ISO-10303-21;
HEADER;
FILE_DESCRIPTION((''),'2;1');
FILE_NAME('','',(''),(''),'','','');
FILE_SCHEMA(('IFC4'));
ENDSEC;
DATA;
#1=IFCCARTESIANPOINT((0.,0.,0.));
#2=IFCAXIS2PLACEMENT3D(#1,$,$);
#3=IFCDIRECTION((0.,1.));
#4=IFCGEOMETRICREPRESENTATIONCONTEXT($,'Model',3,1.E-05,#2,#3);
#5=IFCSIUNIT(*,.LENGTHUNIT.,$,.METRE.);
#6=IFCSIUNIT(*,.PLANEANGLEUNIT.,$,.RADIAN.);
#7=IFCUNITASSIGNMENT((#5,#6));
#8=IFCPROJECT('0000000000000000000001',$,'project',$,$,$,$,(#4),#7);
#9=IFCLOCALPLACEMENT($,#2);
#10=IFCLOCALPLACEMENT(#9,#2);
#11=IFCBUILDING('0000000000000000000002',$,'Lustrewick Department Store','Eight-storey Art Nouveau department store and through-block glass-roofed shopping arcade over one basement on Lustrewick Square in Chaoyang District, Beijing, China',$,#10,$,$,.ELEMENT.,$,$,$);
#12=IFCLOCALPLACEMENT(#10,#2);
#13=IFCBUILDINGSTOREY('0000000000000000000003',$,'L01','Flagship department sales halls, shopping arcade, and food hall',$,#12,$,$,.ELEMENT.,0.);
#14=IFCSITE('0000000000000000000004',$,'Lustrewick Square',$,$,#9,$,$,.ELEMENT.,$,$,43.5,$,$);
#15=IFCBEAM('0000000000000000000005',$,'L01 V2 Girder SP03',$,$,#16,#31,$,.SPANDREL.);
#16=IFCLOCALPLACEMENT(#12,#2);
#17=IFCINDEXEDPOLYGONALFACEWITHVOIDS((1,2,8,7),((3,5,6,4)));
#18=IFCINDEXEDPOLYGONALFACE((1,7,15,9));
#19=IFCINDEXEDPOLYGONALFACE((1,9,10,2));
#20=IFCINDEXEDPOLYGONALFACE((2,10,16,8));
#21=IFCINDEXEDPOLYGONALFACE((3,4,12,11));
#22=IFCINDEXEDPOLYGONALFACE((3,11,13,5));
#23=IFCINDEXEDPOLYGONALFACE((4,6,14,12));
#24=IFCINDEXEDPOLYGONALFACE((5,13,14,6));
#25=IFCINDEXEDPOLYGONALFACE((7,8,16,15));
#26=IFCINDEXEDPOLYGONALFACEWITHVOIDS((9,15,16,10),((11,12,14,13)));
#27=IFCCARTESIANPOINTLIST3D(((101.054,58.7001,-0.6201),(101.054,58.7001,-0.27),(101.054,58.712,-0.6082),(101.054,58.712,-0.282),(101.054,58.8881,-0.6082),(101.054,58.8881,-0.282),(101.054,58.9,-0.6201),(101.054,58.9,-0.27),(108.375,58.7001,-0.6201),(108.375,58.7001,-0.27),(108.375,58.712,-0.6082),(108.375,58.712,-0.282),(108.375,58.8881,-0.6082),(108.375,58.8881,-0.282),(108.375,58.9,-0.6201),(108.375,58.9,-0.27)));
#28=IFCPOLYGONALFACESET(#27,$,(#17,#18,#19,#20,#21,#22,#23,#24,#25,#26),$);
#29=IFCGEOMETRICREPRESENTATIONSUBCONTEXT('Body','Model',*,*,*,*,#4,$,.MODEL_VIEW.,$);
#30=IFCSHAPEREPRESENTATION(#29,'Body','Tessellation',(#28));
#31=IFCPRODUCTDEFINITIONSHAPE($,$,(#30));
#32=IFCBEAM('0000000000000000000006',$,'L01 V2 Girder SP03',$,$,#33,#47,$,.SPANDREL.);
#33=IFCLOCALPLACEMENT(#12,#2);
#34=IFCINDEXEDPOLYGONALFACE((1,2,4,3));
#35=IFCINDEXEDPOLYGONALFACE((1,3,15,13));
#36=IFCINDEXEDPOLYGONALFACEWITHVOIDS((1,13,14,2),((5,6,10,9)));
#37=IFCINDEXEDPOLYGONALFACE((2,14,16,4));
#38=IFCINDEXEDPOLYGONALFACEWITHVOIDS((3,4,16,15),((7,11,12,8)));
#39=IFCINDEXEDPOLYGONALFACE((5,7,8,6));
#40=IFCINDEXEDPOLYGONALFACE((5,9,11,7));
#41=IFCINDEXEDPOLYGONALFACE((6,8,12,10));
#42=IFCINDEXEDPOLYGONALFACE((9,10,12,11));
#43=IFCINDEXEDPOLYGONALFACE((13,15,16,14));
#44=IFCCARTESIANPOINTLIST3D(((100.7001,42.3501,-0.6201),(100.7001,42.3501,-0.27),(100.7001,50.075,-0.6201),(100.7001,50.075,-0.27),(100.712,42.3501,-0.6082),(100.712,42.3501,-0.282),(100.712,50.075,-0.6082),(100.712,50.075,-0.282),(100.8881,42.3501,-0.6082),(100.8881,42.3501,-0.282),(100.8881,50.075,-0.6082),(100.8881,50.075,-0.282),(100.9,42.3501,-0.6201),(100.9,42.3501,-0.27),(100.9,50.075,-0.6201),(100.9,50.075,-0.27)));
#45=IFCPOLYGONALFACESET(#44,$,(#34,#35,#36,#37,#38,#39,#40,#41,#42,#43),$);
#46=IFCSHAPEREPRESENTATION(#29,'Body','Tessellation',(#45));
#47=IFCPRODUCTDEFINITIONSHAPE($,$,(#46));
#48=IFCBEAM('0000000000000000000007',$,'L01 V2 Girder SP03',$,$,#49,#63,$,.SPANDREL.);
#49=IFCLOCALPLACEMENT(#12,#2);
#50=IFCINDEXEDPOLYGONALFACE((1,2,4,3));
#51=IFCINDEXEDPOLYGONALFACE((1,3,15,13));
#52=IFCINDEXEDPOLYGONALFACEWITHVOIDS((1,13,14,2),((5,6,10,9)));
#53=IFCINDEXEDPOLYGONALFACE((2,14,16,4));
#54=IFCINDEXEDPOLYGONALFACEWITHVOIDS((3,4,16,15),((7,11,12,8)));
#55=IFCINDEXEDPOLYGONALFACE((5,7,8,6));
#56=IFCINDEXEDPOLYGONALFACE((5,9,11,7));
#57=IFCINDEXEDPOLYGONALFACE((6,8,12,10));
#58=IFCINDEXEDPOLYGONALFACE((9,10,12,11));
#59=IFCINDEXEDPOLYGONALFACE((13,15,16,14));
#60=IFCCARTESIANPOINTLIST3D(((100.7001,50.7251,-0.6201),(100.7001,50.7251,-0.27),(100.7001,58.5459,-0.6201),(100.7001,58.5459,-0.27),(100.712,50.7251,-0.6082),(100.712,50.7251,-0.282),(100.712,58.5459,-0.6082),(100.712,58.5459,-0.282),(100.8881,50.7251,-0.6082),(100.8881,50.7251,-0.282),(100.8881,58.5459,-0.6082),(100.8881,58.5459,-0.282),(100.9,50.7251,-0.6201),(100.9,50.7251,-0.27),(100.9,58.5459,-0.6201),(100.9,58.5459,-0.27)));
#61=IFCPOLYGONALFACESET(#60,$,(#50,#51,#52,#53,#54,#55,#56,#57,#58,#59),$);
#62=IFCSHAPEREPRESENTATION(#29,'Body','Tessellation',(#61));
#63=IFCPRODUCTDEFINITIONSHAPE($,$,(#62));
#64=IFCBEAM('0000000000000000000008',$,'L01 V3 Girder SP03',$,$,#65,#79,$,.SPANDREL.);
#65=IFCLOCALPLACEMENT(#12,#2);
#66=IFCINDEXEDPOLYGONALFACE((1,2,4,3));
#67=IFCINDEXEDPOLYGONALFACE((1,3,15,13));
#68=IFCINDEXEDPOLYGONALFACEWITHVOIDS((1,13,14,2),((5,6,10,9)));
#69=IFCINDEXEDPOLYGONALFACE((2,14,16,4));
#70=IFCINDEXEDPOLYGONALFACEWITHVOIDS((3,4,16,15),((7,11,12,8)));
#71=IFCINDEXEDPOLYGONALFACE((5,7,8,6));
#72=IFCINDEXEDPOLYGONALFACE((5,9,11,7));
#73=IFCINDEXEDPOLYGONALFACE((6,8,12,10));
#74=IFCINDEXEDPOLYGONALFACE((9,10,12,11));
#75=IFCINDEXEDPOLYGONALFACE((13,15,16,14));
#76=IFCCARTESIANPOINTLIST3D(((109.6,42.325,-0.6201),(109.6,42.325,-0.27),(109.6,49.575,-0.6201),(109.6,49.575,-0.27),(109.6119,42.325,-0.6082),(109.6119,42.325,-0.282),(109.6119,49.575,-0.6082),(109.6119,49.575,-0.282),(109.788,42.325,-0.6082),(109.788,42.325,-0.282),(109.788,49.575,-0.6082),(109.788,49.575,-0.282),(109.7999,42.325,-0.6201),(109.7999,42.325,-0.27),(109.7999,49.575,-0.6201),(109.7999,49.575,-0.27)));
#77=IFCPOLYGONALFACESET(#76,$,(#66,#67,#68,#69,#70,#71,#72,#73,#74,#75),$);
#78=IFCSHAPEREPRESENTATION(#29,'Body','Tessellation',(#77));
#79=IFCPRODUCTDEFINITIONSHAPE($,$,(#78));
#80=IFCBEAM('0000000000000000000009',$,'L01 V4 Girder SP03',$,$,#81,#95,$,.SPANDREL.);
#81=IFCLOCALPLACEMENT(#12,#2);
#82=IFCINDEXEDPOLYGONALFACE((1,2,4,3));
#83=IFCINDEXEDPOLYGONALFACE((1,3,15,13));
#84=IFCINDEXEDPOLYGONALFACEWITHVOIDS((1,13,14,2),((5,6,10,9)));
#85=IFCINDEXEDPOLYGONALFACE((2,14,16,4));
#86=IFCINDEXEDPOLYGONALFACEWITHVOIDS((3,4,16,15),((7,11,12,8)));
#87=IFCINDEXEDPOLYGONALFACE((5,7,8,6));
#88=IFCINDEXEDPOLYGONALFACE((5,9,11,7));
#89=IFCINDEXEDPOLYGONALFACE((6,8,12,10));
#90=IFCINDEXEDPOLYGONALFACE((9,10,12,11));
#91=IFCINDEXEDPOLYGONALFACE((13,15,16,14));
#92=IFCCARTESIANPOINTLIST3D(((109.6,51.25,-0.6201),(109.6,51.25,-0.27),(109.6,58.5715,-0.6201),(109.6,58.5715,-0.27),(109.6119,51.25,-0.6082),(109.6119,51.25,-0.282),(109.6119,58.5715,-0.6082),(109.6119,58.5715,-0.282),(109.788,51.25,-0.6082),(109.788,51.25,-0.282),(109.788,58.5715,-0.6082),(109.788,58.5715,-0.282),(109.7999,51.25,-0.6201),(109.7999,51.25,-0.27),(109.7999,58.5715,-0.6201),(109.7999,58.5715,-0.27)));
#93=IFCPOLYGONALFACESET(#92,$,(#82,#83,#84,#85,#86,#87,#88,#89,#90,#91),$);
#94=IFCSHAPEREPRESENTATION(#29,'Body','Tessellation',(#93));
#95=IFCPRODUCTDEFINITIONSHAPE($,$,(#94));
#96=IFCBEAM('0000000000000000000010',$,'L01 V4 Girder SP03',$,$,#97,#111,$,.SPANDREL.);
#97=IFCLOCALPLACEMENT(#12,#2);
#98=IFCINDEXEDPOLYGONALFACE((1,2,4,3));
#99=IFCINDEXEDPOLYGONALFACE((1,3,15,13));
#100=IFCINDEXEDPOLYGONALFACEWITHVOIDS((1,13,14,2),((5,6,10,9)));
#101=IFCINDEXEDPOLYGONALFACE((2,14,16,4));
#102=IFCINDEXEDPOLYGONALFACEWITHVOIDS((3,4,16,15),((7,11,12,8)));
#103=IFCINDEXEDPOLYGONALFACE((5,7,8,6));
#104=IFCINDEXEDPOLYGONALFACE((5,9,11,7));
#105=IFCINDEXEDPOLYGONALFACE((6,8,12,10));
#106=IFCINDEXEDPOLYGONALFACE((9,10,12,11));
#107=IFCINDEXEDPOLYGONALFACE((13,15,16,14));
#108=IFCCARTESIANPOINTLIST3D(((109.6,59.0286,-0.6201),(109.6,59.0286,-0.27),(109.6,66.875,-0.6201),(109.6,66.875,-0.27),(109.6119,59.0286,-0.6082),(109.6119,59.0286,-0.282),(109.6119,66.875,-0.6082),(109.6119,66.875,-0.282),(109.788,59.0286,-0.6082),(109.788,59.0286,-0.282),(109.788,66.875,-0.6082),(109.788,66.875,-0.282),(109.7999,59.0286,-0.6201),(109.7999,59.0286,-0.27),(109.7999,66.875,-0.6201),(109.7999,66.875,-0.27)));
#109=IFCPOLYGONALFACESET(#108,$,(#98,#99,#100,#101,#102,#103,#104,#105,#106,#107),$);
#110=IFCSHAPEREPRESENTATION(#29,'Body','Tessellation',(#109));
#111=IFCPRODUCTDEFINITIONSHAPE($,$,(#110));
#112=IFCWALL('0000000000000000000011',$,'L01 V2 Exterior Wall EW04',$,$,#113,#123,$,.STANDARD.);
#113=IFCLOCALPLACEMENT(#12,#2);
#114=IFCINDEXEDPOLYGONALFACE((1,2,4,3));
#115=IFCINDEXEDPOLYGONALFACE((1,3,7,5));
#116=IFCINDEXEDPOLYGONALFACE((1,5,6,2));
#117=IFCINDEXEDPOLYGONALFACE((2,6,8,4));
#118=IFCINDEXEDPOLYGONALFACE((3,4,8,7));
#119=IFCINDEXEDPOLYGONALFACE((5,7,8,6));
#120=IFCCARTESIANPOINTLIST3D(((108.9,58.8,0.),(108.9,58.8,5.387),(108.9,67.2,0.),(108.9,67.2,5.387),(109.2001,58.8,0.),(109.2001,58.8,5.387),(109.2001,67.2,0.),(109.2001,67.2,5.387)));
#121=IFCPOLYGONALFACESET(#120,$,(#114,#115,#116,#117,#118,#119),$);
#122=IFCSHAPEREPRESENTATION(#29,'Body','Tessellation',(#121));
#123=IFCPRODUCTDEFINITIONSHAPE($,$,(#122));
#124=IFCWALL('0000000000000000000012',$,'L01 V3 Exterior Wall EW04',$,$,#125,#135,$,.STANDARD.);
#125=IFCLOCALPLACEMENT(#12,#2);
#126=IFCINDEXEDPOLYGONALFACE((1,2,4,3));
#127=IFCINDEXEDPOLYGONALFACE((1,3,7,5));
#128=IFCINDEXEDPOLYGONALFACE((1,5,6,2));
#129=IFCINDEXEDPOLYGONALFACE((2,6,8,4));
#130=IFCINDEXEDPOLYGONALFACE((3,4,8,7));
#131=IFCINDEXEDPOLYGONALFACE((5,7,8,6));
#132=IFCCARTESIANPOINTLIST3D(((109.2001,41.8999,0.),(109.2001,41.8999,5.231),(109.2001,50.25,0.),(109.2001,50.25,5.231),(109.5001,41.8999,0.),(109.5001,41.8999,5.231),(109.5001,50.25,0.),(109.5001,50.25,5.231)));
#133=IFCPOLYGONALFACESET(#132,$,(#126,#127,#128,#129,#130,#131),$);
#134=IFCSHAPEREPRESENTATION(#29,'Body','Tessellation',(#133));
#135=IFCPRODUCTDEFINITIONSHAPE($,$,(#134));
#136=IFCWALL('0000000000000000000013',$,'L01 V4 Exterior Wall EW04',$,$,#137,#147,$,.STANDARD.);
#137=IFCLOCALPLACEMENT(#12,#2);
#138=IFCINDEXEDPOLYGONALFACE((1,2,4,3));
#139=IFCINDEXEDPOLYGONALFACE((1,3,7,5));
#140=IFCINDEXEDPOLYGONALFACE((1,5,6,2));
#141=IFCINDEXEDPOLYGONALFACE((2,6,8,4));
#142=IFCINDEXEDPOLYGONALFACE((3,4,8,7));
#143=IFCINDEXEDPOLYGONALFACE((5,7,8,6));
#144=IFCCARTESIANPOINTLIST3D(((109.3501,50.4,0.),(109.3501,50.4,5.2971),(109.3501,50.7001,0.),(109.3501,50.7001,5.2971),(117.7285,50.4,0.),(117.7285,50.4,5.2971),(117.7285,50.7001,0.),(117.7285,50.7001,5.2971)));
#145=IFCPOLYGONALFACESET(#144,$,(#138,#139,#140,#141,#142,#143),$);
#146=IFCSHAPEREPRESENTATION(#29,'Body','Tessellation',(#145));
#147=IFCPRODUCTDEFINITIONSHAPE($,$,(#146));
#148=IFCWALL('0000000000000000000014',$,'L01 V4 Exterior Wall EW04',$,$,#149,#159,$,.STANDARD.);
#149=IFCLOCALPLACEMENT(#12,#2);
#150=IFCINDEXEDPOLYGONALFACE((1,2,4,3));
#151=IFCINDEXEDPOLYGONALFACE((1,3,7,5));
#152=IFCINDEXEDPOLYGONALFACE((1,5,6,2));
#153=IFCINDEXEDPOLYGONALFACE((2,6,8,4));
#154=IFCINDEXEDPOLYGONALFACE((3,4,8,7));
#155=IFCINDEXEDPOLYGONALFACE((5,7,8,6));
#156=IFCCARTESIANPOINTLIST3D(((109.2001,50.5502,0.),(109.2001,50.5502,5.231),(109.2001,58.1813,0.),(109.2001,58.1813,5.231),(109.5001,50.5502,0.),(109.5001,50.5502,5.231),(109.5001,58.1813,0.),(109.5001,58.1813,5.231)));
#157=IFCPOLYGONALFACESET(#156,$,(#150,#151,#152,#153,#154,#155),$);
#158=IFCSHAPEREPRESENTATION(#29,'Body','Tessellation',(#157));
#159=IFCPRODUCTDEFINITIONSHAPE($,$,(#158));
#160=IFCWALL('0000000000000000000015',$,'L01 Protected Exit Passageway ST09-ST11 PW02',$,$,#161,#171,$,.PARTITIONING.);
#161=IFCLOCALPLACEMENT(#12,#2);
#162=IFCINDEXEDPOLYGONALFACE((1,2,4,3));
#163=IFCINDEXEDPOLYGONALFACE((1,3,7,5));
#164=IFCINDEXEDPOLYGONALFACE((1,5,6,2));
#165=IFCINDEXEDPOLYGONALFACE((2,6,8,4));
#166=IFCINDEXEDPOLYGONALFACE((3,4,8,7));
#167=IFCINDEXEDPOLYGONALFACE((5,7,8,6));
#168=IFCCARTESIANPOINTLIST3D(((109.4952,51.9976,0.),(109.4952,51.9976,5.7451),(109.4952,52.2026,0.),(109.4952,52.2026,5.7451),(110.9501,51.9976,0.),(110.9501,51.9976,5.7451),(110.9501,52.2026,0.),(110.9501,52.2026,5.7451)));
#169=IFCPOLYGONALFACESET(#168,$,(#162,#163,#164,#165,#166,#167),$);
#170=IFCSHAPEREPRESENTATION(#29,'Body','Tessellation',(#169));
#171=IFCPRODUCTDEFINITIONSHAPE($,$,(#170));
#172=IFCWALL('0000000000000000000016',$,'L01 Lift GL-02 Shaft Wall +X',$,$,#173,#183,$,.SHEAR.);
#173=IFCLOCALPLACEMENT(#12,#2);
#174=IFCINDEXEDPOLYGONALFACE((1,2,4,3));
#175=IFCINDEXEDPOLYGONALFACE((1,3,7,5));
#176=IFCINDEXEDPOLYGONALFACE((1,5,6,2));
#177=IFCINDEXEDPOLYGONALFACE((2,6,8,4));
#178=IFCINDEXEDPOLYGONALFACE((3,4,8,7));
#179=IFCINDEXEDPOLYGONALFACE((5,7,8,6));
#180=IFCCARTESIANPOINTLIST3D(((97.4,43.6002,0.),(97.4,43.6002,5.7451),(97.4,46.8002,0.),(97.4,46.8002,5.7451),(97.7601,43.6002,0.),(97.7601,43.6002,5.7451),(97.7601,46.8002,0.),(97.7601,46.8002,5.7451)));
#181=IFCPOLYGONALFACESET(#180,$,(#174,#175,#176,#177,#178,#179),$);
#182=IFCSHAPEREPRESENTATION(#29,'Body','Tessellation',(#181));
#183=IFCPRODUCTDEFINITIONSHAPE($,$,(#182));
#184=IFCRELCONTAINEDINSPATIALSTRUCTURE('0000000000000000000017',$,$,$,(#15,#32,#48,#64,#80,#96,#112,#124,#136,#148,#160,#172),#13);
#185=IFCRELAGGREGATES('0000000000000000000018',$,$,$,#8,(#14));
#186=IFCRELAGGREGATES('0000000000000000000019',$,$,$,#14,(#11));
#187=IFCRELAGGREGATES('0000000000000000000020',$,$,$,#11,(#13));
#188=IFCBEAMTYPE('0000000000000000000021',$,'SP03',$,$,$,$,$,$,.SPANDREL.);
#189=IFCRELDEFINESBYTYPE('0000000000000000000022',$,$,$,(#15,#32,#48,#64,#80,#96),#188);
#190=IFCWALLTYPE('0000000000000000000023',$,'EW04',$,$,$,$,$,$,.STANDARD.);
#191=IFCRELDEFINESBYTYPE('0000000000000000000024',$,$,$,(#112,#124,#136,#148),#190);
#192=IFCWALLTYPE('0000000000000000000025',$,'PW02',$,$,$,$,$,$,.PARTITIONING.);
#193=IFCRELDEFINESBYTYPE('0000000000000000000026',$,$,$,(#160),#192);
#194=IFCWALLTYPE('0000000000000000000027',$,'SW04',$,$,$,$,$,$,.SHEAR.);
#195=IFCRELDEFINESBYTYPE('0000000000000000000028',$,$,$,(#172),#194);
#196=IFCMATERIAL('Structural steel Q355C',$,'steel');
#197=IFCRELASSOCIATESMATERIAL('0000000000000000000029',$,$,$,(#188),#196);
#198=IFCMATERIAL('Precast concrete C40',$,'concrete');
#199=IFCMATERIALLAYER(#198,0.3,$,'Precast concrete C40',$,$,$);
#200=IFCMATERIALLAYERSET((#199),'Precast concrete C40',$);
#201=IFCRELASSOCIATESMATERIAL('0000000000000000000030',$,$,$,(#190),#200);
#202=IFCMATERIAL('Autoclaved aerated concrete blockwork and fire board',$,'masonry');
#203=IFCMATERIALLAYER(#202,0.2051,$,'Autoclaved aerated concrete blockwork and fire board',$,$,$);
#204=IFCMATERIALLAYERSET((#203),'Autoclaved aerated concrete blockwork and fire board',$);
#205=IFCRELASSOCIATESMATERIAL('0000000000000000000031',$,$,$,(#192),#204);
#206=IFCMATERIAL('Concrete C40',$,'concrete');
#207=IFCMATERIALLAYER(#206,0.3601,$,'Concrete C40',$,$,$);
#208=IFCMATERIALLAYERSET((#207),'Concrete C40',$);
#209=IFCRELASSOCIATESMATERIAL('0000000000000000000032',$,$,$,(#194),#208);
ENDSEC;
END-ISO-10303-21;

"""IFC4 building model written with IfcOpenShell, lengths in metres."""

from ifc_helpers import new_model, si_unit, direction, frame, frame_2d, origin, origin_2d, place, context, subcontext, project, spatial, rectangle, hollow_rectangle, extrude, material, layer, layer_set, material_profile, profile_set, type_object, element, save


model = new_model("IFC4")

# Units and contexts
model_context = context("Model", 3, precision=1e-05, world=origin(), true_north=direction((0.0, 1.0)))
body_context = subcontext(model_context, "Body", "Model", "MODEL_VIEW")
ifc_project = project(units=[si_unit("LENGTHUNIT", "METRE"), si_unit("PLANEANGLEUNIT", "RADIAN")], contexts=[model_context])

# Site, building, storey
site_placement = place(None, origin())
site = spatial("IfcSite", under=ifc_project, at=site_placement, Name="Lustrewick Square", CompositionType="ELEMENT", RefElevation=43.5)
building_placement = place(site_placement, origin())
building = spatial("IfcBuilding", under=site, at=building_placement, Name="Lustrewick Department Store", Description="Eight-storey Art Nouveau department store and through-block glass-roofed shopping arcade over one basement on Lustrewick Square in Chaoyang District, Beijing, China", CompositionType="ELEMENT")
storey_placement = place(building_placement, origin())
storey = spatial("IfcBuildingStorey", under=building, at=storey_placement, Name="L01", Description="Flagship department sales halls, shopping arcade, and food hall", CompositionType="ELEMENT", Elevation=0.0)

# Shared definitions
ifc_material_1 = material(Name="Structural steel Q355C", Category="steel")
ifc_material_2 = material(Name="Concrete C40", Category="concrete")

# Beams
ifc_material_profile_1 = material_profile(ifc_material_1, hollow_rectangle(XDim=0.2, YDim=0.3501, WallThickness=0.012, at=origin_2d()), Name="RHS 350x200x12")
ifc_profile_set_1 = profile_set([ifc_material_profile_1], Name="Structural steel Q355C")
beam_type_1 = type_object("IfcBeamType", Name="SP03", PredefinedType="SPANDREL", material=ifc_profile_set_1)
beam_1_placement = place(storey_placement, frame((101.054, 58.8, -0.4451), z_axis=(1.0, 0.0, 0.0), x_axis=(0.0, 1.0, 0.0)))
element("IfcBeam", 1, at=beam_1_placement, inside=storey, type_object=beam_type_1, Name="L01 V2 Girder SP03", PredefinedType="SPANDREL", context=body_context, shape_type="SweptSolid", body=[
    extrude(hollow_rectangle(XDim=0.2, YDim=0.3501, WallThickness=0.012, at=origin_2d()), origin(), (0.0, 0.0, 1.0), 7.321),
])
beam_2_placement = place(storey_placement, frame((100.8, 42.3501, -0.4451), z_axis=(0.0, 1.0, 0.0), x_axis=(-1.0, 0.0, 0.0)))
element("IfcBeam", 2, at=beam_2_placement, inside=storey, type_object=beam_type_1, Name="L01 V2 Girder SP03", PredefinedType="SPANDREL", context=body_context, shape_type="SweptSolid", body=[
    extrude(hollow_rectangle(XDim=0.2, YDim=0.3501, WallThickness=0.012, at=origin_2d()), origin(), (0.0, 0.0, 1.0), 7.7249),
])
beam_3_placement = place(storey_placement, frame((100.8, 50.7251, -0.4451), z_axis=(0.0, 1.0, 0.0), x_axis=(-1.0, 0.0, 0.0)))
element("IfcBeam", 3, at=beam_3_placement, inside=storey, type_object=beam_type_1, Name="L01 V2 Girder SP03", PredefinedType="SPANDREL", context=body_context, shape_type="SweptSolid", body=[
    extrude(hollow_rectangle(XDim=0.2, YDim=0.3501, WallThickness=0.012, at=origin_2d()), origin(), (0.0, 0.0, 1.0), 7.8208),
])
beam_4_placement = place(storey_placement, frame((109.7, 42.325, -0.4451), z_axis=(0.0, 1.0, 0.0), x_axis=(-1.0, 0.0, 0.0)))
element("IfcBeam", 4, at=beam_4_placement, inside=storey, type_object=beam_type_1, Name="L01 V3 Girder SP03", PredefinedType="SPANDREL", context=body_context, shape_type="SweptSolid", body=[
    extrude(hollow_rectangle(XDim=0.2, YDim=0.3501, WallThickness=0.012, at=origin_2d()), origin(), (0.0, 0.0, 1.0), 7.25),
])
beam_5_placement = place(storey_placement, frame((109.7, 51.25, -0.4451), z_axis=(0.0, 1.0, 0.0), x_axis=(-1.0, 0.0, 0.0)))
element("IfcBeam", 5, at=beam_5_placement, inside=storey, type_object=beam_type_1, Name="L01 V4 Girder SP03", PredefinedType="SPANDREL", context=body_context, shape_type="SweptSolid", body=[
    extrude(hollow_rectangle(XDim=0.2, YDim=0.3501, WallThickness=0.012, at=origin_2d()), origin(), (0.0, 0.0, 1.0), 7.3215),
])
beam_6_placement = place(storey_placement, frame((109.7, 59.0286, -0.4451), z_axis=(0.0, 1.0, 0.0), x_axis=(-1.0, 0.0, 0.0)))
element("IfcBeam", 6, at=beam_6_placement, inside=storey, type_object=beam_type_1, Name="L01 V4 Girder SP03", PredefinedType="SPANDREL", context=body_context, shape_type="SweptSolid", body=[
    extrude(hollow_rectangle(XDim=0.2, YDim=0.3501, WallThickness=0.012, at=origin_2d()), origin(), (0.0, 0.0, 1.0), 7.8464),
])

# Shared definitions
ifc_material_3 = material(Name="Precast concrete C40", Category="concrete")

# Walls
ifc_layer_1 = layer(ifc_material_3, 0.3, Name="Precast concrete C40")
ifc_layer_set_1 = layer_set([ifc_layer_1], Name="Precast concrete C40")
wall_type_1 = type_object("IfcWallType", Name="EW04", PredefinedType="STANDARD", material=ifc_layer_set_1)
wall_1_placement = place(storey_placement, frame((109.05, 58.8, 0.0), z_axis=(0.0, 0.0, 1.0), x_axis=(0.0, 1.0, 0.0)))
element("IfcWall", 7, at=wall_1_placement, inside=storey, type_object=wall_type_1, Name="L01 V2 Exterior Wall EW04", PredefinedType="STANDARD", context=body_context, shape_type="SweptSolid", body=[
    extrude(rectangle(XDim=8.3999, YDim=0.3, at=frame_2d((4.2, 0.0))), origin(), (0.0, 0.0, 1.0), 5.387),
])
wall_2_placement = place(storey_placement, frame((109.3501, 50.25, 0.0), z_axis=(0.0, 0.0, 1.0), x_axis=(0.0, -1.0, 0.0)))
element("IfcWall", 8, at=wall_2_placement, inside=storey, type_object=wall_type_1, Name="L01 V3 Exterior Wall EW04", PredefinedType="STANDARD", context=body_context, shape_type="SweptSolid", body=[
    extrude(rectangle(XDim=8.3501, YDim=0.3, at=frame_2d((4.175, 0.0))), origin(), (0.0, 0.0, 1.0), 5.231),
])
wall_3_placement = place(storey_placement, frame((109.3501, 50.55, 0.0), z_axis=(0.0, 0.0, 1.0), x_axis=(1.0, 0.0, 0.0)))
element("IfcWall", 9, at=wall_3_placement, inside=storey, type_object=wall_type_1, Name="L01 V4 Exterior Wall EW04", PredefinedType="STANDARD", context=body_context, shape_type="SweptSolid", body=[
    extrude(rectangle(XDim=8.3784, YDim=0.3, at=frame_2d((4.1892, 0.0))), origin(), (0.0, 0.0, 1.0), 5.2971),
])
wall_4_placement = place(storey_placement, frame((109.3501, 58.1812, 0.0), z_axis=(0.0, 0.0, 1.0), x_axis=(0.0, -1.0, 0.0)))
element("IfcWall", 10, at=wall_4_placement, inside=storey, type_object=wall_type_1, Name="L01 V4 Exterior Wall EW04", PredefinedType="STANDARD", context=body_context, shape_type="SweptSolid", body=[
    extrude(rectangle(XDim=7.6311, YDim=0.3, at=frame_2d((3.8154, 0.0))), origin(), (0.0, 0.0, 1.0), 5.231),
])
ifc_material_4 = material(Name="Autoclaved aerated concrete blockwork and fire board", Category="masonry")
ifc_layer_2 = layer(ifc_material_4, 0.2051, Name="Autoclaved aerated concrete blockwork and fire board")
ifc_layer_set_2 = layer_set([ifc_layer_2], Name="Autoclaved aerated concrete blockwork and fire board")
wall_type_2 = type_object("IfcWallType", Name="PW02", PredefinedType="PARTITIONING", material=ifc_layer_set_2)
wall_5_placement = place(storey_placement, frame((109.4951, 52.1001, 0.0), z_axis=(0.0, 0.0, 1.0), x_axis=(1.0, 0.0, 0.0)))
element("IfcWall", 11, at=wall_5_placement, inside=storey, type_object=wall_type_2, Name="L01 Protected Exit Passageway ST09-ST11 PW02", PredefinedType="PARTITIONING", context=body_context, shape_type="SweptSolid", body=[
    extrude(rectangle(XDim=1.4548, YDim=0.2051, at=frame_2d((0.7275, 0.0))), origin(), (0.0, 0.0, 1.0), 5.7451),
])
ifc_layer_3 = layer(ifc_material_2, 0.3601, Name="Concrete C40")
ifc_layer_set_3 = layer_set([ifc_layer_3], Name="Concrete C40")
wall_type_3 = type_object("IfcWallType", Name="SW04", PredefinedType="SHEAR", material=ifc_layer_set_3)
wall_6_placement = place(storey_placement, frame((97.5801, 43.6001, 0.0), z_axis=(0.0, 0.0, 1.0), x_axis=(0.0, 1.0, 0.0)))
element("IfcWall", 12, at=wall_6_placement, inside=storey, type_object=wall_type_3, Name="L01 Lift GL-02 Shaft Wall +X", PredefinedType="SHEAR", context=body_context, shape_type="SweptSolid", body=[
    extrude(rectangle(XDim=3.2, YDim=0.3601, at=frame_2d((1.6001, 0.0))), origin(), (0.0, 0.0, 1.0), 5.7451),
])

save(model, "model.ifc")
